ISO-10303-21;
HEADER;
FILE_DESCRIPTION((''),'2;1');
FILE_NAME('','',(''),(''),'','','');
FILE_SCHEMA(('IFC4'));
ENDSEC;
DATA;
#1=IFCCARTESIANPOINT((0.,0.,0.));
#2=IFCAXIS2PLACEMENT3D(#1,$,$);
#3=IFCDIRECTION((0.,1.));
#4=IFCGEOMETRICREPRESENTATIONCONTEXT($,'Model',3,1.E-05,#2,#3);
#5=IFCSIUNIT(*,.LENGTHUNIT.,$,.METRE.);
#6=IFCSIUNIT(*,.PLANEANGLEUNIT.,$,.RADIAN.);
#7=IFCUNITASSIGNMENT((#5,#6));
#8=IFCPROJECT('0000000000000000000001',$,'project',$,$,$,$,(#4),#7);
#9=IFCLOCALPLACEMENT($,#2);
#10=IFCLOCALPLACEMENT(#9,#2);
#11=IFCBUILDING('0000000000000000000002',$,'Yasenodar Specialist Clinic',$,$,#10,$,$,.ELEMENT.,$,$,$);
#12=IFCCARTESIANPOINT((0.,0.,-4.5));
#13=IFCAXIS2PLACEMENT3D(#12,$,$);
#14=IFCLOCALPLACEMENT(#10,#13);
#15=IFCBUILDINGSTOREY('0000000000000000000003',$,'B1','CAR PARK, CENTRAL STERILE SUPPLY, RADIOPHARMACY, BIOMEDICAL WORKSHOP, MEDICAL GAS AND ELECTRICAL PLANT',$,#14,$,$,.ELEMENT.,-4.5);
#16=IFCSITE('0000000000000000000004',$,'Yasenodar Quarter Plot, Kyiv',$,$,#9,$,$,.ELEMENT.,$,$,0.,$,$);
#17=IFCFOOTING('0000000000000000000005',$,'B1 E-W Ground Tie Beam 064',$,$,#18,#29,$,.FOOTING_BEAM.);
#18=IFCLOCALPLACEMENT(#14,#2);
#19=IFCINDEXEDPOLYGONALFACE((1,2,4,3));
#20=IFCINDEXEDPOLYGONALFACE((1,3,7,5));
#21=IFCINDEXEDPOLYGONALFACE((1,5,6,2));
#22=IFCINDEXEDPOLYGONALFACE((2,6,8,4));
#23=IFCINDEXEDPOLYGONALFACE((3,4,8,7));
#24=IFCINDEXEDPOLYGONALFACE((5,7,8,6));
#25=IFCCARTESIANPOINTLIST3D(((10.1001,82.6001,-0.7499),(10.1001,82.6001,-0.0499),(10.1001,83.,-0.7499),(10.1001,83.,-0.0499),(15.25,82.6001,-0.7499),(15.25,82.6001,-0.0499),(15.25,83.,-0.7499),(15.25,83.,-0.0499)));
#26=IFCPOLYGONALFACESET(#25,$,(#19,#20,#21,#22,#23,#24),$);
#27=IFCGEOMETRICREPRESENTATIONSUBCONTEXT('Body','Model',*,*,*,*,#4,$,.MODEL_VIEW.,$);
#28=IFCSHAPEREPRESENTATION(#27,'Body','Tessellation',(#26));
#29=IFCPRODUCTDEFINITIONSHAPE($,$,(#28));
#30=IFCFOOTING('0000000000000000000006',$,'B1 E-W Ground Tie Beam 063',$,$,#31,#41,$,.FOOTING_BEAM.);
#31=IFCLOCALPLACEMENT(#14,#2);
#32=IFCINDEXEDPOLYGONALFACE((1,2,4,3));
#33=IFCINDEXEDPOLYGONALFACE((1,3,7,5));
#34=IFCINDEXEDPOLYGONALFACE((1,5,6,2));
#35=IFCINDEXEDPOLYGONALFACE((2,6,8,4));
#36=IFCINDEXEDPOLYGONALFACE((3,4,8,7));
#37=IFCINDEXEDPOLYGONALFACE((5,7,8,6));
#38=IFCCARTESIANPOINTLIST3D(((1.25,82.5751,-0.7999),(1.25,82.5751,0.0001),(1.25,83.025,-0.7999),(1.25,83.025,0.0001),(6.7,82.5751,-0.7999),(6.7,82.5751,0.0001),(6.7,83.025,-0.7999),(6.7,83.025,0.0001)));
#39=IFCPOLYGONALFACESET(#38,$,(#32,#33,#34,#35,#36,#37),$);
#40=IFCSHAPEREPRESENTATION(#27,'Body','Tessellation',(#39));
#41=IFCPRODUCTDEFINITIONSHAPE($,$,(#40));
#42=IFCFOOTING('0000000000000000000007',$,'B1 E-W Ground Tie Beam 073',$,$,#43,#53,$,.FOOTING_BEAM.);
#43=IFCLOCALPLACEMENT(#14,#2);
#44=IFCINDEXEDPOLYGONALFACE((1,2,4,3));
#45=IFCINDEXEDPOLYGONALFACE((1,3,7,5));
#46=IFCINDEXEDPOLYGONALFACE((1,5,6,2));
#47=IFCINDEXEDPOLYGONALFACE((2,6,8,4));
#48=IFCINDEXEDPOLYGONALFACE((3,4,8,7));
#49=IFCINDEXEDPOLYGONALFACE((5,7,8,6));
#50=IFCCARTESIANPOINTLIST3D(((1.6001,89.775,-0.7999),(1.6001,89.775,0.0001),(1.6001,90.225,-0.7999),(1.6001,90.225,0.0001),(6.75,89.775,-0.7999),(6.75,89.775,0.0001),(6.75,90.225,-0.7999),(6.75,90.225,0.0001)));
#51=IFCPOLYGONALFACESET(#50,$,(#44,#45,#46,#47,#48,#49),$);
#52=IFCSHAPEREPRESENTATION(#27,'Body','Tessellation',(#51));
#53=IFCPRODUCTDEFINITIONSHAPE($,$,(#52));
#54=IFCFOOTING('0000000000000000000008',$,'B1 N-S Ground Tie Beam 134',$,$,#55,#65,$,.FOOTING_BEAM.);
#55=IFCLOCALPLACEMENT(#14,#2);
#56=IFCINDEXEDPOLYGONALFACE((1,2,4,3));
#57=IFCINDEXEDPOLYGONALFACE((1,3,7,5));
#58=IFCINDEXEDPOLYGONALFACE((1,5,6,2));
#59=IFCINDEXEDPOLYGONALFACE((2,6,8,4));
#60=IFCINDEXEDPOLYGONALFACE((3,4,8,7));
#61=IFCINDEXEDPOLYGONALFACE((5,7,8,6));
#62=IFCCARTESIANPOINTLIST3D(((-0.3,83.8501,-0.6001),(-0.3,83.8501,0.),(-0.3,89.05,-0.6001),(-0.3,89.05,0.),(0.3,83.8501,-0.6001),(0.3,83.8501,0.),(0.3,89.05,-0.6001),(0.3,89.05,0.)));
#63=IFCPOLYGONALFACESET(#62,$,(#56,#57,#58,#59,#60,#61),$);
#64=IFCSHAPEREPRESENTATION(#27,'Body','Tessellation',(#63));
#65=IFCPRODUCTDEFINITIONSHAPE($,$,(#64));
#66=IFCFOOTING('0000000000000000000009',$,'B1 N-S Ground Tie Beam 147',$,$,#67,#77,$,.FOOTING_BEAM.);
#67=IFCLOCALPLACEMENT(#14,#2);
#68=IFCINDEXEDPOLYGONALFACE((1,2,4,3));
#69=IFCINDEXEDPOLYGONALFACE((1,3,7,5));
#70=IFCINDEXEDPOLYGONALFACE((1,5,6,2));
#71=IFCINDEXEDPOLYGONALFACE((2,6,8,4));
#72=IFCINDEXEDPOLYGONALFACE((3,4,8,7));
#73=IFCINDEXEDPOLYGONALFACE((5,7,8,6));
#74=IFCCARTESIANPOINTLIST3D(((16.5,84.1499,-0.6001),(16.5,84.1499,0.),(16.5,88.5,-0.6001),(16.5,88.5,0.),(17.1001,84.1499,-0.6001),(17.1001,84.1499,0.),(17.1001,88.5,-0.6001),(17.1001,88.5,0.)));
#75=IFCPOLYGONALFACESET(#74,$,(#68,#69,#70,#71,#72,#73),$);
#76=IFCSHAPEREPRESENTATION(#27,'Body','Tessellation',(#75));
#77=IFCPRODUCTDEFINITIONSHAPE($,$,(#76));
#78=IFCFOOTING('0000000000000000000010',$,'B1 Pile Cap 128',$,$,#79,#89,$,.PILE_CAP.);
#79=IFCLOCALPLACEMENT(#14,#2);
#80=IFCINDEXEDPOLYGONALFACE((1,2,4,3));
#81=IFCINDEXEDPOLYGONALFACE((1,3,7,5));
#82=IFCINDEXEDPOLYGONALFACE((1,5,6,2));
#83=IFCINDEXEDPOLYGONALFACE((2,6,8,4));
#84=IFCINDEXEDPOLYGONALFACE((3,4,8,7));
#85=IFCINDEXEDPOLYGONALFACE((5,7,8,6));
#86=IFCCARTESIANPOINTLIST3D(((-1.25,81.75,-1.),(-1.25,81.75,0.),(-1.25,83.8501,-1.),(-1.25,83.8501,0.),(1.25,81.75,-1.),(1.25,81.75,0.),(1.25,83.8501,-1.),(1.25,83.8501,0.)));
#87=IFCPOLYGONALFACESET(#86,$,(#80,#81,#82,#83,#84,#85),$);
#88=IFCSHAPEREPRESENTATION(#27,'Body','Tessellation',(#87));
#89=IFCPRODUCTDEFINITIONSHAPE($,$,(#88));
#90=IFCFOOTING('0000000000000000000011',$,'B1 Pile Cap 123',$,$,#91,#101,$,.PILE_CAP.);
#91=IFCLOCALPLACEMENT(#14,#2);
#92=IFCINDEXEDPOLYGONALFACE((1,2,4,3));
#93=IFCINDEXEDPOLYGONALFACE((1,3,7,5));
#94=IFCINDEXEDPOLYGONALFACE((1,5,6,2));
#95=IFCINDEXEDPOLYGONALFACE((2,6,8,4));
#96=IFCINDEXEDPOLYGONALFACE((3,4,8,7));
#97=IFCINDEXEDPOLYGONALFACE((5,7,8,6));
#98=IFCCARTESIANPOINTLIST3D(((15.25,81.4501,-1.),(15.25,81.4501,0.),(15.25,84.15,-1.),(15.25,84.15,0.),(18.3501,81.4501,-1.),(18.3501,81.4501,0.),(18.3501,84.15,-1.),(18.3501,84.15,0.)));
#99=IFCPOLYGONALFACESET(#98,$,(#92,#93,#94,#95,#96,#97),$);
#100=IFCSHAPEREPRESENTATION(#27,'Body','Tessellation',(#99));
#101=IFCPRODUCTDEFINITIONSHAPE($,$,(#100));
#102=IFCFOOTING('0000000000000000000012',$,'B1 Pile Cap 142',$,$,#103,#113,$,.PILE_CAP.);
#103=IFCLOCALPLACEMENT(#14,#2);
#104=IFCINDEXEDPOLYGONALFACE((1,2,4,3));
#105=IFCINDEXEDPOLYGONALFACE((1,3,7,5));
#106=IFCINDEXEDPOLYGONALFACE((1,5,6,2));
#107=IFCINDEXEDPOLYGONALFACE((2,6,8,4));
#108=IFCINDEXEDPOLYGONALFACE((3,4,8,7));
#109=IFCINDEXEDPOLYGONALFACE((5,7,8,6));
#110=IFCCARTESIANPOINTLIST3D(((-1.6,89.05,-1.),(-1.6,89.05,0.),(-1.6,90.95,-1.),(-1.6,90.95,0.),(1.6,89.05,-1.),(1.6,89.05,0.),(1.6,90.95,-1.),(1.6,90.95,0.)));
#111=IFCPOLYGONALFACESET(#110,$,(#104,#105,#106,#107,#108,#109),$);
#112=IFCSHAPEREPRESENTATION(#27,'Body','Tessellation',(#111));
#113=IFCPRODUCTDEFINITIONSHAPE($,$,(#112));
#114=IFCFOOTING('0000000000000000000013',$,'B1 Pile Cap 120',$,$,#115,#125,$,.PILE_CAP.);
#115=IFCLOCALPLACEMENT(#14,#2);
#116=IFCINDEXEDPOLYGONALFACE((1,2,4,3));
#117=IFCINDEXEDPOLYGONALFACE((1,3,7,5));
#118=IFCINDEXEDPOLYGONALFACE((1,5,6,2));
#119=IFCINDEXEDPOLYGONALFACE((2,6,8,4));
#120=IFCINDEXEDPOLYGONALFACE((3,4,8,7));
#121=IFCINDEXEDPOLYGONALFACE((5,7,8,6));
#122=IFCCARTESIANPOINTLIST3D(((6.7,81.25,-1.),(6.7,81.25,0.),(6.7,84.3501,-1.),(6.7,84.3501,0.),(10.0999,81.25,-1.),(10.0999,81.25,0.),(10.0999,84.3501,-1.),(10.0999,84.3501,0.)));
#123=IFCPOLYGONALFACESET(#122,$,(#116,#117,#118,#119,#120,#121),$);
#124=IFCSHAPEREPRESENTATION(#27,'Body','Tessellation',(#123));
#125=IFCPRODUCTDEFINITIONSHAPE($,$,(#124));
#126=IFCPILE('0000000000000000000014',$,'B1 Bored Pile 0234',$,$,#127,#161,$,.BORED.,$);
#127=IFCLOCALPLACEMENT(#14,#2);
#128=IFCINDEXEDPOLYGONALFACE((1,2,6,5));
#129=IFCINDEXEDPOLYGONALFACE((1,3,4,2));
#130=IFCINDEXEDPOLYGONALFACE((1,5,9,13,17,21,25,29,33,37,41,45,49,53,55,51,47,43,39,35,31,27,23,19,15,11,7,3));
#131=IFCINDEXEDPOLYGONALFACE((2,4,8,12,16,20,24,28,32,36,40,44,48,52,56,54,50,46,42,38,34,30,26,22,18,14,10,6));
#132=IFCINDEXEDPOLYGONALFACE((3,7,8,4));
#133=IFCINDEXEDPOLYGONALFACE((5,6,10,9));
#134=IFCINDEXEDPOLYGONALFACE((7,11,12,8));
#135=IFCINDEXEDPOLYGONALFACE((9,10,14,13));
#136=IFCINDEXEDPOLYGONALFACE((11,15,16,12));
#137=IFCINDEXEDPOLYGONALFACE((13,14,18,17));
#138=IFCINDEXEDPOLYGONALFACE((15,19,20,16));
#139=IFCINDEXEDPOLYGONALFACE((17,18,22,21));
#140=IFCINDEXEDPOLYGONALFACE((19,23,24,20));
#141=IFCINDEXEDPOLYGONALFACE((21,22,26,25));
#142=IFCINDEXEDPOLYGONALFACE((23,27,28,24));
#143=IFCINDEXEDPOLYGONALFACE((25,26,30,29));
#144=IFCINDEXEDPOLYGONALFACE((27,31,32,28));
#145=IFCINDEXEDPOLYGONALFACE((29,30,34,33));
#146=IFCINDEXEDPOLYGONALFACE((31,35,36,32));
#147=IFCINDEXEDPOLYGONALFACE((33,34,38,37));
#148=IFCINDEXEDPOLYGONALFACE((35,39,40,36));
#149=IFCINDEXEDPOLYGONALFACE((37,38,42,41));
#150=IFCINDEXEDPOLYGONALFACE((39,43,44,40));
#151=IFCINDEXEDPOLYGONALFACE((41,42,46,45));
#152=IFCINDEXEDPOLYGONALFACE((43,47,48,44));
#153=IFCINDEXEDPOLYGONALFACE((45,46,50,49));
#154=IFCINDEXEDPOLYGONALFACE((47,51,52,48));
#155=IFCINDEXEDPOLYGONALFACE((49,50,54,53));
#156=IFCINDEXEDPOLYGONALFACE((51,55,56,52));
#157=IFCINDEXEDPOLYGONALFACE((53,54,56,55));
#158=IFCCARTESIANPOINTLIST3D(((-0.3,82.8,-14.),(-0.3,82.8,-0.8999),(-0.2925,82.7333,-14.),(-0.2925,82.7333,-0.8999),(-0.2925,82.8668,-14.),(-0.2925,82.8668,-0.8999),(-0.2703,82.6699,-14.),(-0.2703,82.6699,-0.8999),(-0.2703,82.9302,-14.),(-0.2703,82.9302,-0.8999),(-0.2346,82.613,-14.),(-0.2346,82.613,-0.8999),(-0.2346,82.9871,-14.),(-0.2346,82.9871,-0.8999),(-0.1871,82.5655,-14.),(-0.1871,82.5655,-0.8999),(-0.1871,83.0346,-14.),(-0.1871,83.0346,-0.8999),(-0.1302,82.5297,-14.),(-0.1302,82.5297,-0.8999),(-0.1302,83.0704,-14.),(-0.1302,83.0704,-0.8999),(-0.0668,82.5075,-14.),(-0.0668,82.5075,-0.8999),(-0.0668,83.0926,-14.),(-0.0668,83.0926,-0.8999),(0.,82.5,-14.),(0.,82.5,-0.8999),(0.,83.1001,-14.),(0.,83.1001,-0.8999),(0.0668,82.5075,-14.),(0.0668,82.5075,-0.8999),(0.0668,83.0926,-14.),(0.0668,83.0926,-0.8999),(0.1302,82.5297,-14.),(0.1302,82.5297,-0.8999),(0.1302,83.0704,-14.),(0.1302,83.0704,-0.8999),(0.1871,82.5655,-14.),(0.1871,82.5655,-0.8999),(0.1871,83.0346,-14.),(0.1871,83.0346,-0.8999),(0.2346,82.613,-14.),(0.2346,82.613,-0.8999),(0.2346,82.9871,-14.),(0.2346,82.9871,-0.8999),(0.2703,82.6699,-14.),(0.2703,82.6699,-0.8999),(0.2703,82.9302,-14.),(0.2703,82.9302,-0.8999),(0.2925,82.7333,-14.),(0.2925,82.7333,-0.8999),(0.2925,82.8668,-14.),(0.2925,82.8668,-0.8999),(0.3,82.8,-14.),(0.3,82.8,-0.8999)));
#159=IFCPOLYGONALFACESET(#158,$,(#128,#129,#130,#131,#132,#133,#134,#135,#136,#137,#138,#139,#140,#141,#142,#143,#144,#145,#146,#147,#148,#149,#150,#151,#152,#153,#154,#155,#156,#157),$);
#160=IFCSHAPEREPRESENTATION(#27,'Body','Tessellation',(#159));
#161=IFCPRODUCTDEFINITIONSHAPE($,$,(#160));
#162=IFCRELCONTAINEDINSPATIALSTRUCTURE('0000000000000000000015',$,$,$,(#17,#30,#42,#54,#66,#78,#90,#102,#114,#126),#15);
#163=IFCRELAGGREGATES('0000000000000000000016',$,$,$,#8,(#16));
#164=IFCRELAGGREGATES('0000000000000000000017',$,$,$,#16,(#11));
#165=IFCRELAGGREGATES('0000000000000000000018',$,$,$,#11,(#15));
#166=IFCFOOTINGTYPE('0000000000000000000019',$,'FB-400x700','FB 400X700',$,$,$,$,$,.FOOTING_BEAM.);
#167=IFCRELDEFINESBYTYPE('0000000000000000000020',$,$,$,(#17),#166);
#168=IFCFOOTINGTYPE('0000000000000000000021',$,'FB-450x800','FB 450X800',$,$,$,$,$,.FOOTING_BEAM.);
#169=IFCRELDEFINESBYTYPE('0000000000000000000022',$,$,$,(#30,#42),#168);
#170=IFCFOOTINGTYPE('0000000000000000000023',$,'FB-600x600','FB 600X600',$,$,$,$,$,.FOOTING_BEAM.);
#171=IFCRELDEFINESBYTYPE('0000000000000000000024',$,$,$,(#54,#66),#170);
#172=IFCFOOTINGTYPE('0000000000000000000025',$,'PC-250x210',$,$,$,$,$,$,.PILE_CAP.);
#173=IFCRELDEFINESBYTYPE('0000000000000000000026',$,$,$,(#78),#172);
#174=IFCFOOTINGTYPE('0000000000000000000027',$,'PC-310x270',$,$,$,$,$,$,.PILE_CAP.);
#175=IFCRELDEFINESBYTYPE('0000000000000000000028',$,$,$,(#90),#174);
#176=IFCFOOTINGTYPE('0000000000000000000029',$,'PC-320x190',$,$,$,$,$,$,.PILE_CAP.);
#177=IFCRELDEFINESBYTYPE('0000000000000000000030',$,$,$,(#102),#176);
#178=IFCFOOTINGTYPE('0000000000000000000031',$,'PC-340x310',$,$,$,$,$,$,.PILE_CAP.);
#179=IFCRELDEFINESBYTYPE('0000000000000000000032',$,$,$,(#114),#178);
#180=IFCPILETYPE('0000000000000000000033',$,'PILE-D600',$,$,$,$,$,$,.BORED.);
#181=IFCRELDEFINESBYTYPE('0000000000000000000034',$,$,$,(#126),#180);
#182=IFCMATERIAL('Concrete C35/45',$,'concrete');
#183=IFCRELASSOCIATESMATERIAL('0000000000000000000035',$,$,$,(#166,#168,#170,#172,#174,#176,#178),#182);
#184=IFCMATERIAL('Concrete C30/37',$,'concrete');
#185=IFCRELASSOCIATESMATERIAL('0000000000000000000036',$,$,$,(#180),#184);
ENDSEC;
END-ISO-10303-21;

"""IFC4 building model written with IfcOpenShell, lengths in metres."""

from ifc_helpers import new_model, si_unit, direction, frame, origin, origin_2d, place, context, subcontext, project, spatial, rectangle, circle, extrude, material, material_profile, profile_set, type_object, element, save


model = new_model("IFC4")

# Units and contexts
model_context = context("Model", 3, precision=1e-05, world=origin(), true_north=direction((0.0, 1.0)))
body_context = subcontext(model_context, "Body", "Model", "MODEL_VIEW")
ifc_project = project(units=[si_unit("LENGTHUNIT", "METRE"), si_unit("PLANEANGLEUNIT", "RADIAN")], contexts=[model_context])

# Site, building, storey
site_placement = place(None, origin())
site = spatial("IfcSite", under=ifc_project, at=site_placement, Name="Yasenodar Quarter Plot, Kyiv", CompositionType="ELEMENT", RefElevation=0.0)
building_placement = place(site_placement, origin())
building = spatial("IfcBuilding", under=site, at=building_placement, Name="Yasenodar Specialist Clinic", CompositionType="ELEMENT")
storey_placement = place(building_placement, frame((0.0, 0.0, -4.5)))
storey = spatial("IfcBuildingStorey", under=building, at=storey_placement, Name="B1", Description="CAR PARK, CENTRAL STERILE SUPPLY, RADIOPHARMACY, BIOMEDICAL WORKSHOP, MEDICAL GAS AND ELECTRICAL PLANT", CompositionType="ELEMENT", Elevation=-4.5)

# Footings
ifc_material_1 = material(Name="Concrete C35/45", Category="concrete")
ifc_material_profile_1 = material_profile(ifc_material_1, rectangle(XDim=0.3999, YDim=0.7, at=origin_2d()), Name="RC 400x700")
ifc_profile_set_1 = profile_set([ifc_material_profile_1], Name="Concrete C35/45")
footing_type_1 = type_object("IfcFootingType", Name="FB-400x700", Description="FB 400X700", PredefinedType="FOOTING_BEAM", material=ifc_profile_set_1)
footing_1_placement = place(storey_placement, frame((10.1001, 82.8, -0.3999), z_axis=(1.0, 0.0, 0.0), x_axis=(0.0, 1.0, 0.0)))
element("IfcFooting", 1, at=footing_1_placement, inside=storey, type_object=footing_type_1, Name="B1 E-W Ground Tie Beam 064", PredefinedType="FOOTING_BEAM", context=body_context, shape_type="SweptSolid", body=[
    extrude(rectangle(XDim=0.3999, YDim=0.7, at=origin_2d()), origin(), (0.0, 0.0, 1.0), 5.1499),
])
ifc_material_profile_2 = material_profile(ifc_material_1, rectangle(XDim=0.45, YDim=0.8, at=origin_2d()), Name="RC 450x800")
ifc_profile_set_2 = profile_set([ifc_material_profile_2], Name="Concrete C35/45")
footing_type_2 = type_object("IfcFootingType", Name="FB-450x800", Description="FB 450X800", PredefinedType="FOOTING_BEAM", material=ifc_profile_set_2)
footing_2_placement = place(storey_placement, frame((1.25, 82.8, -0.3999), z_axis=(1.0, 0.0, 0.0), x_axis=(0.0, 1.0, 0.0)))
element("IfcFooting", 2, at=footing_2_placement, inside=storey, type_object=footing_type_2, Name="B1 E-W Ground Tie Beam 063", PredefinedType="FOOTING_BEAM", context=body_context, shape_type="SweptSolid", body=[
    extrude(rectangle(XDim=0.45, YDim=0.8, at=origin_2d()), origin(), (0.0, 0.0, 1.0), 5.45),
])
footing_3_placement = place(storey_placement, frame((1.6001, 90.0, -0.3999), z_axis=(1.0, 0.0, 0.0), x_axis=(0.0, 1.0, 0.0)))
element("IfcFooting", 3, at=footing_3_placement, inside=storey, type_object=footing_type_2, Name="B1 E-W Ground Tie Beam 073", PredefinedType="FOOTING_BEAM", context=body_context, shape_type="SweptSolid", body=[
    extrude(rectangle(XDim=0.45, YDim=0.8, at=origin_2d()), origin(), (0.0, 0.0, 1.0), 5.1499),
])
ifc_material_profile_3 = material_profile(ifc_material_1, rectangle(XDim=0.6001, YDim=0.6001, at=origin_2d()), Name="RC 600x600")
ifc_profile_set_3 = profile_set([ifc_material_profile_3], Name="Concrete C35/45")
footing_type_3 = type_object("IfcFootingType", Name="FB-600x600", Description="FB 600X600", PredefinedType="FOOTING_BEAM", material=ifc_profile_set_3)
footing_4_placement = place(storey_placement, frame((0.0, 83.8501, -0.3), z_axis=(0.0, 1.0, 0.0), x_axis=(-1.0, 0.0, 0.0)))
element("IfcFooting", 4, at=footing_4_placement, inside=storey, type_object=footing_type_3, Name="B1 N-S Ground Tie Beam 134", PredefinedType="FOOTING_BEAM", context=body_context, shape_type="SweptSolid", body=[
    extrude(rectangle(XDim=0.6001, YDim=0.6001, at=origin_2d()), origin(), (0.0, 0.0, 1.0), 5.2),
])
footing_5_placement = place(storey_placement, frame((16.8, 84.1499, -0.3), z_axis=(0.0, 1.0, 0.0), x_axis=(-1.0, 0.0, 0.0)))
element("IfcFooting", 5, at=footing_5_placement, inside=storey, type_object=footing_type_3, Name="B1 N-S Ground Tie Beam 147", PredefinedType="FOOTING_BEAM", context=body_context, shape_type="SweptSolid", body=[
    extrude(rectangle(XDim=0.6001, YDim=0.6001, at=origin_2d()), origin(), (0.0, 0.0, 1.0), 4.3501),
])
footing_type_4 = type_object("IfcFootingType", Name="PC-250x210", PredefinedType="PILE_CAP", material=ifc_material_1)
footing_6_placement = place(storey_placement, frame((0.0, 82.8, -1.0), z_axis=(0.0, 0.0, 1.0), x_axis=(1.0, 0.0, 0.0)))
element("IfcFooting", 6, at=footing_6_placement, inside=storey, type_object=footing_type_4, Name="B1 Pile Cap 128", PredefinedType="PILE_CAP", context=body_context, shape_type="SweptSolid", body=[
    extrude(rectangle(XDim=2.5, YDim=2.1001, at=origin_2d()), origin(), (0.0, 0.0, 1.0), 1.0),
])
footing_type_5 = type_object("IfcFootingType", Name="PC-310x270", PredefinedType="PILE_CAP", material=ifc_material_1)
footing_7_placement = place(storey_placement, frame((16.8, 82.8, -1.0), z_axis=(0.0, 0.0, 1.0), x_axis=(1.0, 0.0, 0.0)))
element("IfcFooting", 7, at=footing_7_placement, inside=storey, type_object=footing_type_5, Name="B1 Pile Cap 123", PredefinedType="PILE_CAP", context=body_context, shape_type="SweptSolid", body=[
    extrude(rectangle(XDim=3.1001, YDim=2.7, at=origin_2d()), origin(), (0.0, 0.0, 1.0), 1.0),
])
footing_type_6 = type_object("IfcFootingType", Name="PC-320x190", PredefinedType="PILE_CAP", material=ifc_material_1)
footing_8_placement = place(storey_placement, frame((0.0, 90.0, -1.0), z_axis=(0.0, 0.0, 1.0), x_axis=(1.0, 0.0, 0.0)))
element("IfcFooting", 8, at=footing_8_placement, inside=storey, type_object=footing_type_6, Name="B1 Pile Cap 142", PredefinedType="PILE_CAP", context=body_context, shape_type="SweptSolid", body=[
    extrude(rectangle(XDim=3.2, YDim=1.8999, at=origin_2d()), origin(), (0.0, 0.0, 1.0), 1.0),
])
footing_type_7 = type_object("IfcFootingType", Name="PC-340x310", PredefinedType="PILE_CAP", material=ifc_material_1)
footing_9_placement = place(storey_placement, frame((8.3999, 82.8, -1.0), z_axis=(0.0, 0.0, 1.0), x_axis=(1.0, 0.0, 0.0)))
element("IfcFooting", 9, at=footing_9_placement, inside=storey, type_object=footing_type_7, Name="B1 Pile Cap 120", PredefinedType="PILE_CAP", context=body_context, shape_type="SweptSolid", body=[
    extrude(rectangle(XDim=3.3999, YDim=3.1001, at=origin_2d()), origin(), (0.0, 0.0, 1.0), 1.0),
])

# Pile
ifc_material_2 = material(Name="Concrete C30/37", Category="concrete")
ifc_material_profile_4 = material_profile(ifc_material_2, circle(Radius=0.3, at=origin_2d()), Name="PILE D600")
ifc_profile_set_4 = profile_set([ifc_material_profile_4], Name="Concrete C30/37")
pile_type_1 = type_object("IfcPileType", Name="PILE-D600", PredefinedType="BORED", material=ifc_profile_set_4)
for number, where, z_axis, x_axis, name in (
    (10, (0.0, 82.8, -0.8999), (0.0, 0.0, -1.0), (1.0, 0.0, 0.0), "B1 Bored Pile 0234"),
):
    element("IfcPile", number, at=place(storey_placement, frame(where, z_axis=z_axis, x_axis=x_axis)), inside=storey, type_object=pile_type_1, Name=name, PredefinedType="BORED", context=body_context, shape_type="SweptSolid", body=[
        extrude(circle(Radius=0.3, at=origin_2d()), origin(), (0.0, 0.0, 1.0), 13.1001),
    ])

save(model, "model.ifc")
